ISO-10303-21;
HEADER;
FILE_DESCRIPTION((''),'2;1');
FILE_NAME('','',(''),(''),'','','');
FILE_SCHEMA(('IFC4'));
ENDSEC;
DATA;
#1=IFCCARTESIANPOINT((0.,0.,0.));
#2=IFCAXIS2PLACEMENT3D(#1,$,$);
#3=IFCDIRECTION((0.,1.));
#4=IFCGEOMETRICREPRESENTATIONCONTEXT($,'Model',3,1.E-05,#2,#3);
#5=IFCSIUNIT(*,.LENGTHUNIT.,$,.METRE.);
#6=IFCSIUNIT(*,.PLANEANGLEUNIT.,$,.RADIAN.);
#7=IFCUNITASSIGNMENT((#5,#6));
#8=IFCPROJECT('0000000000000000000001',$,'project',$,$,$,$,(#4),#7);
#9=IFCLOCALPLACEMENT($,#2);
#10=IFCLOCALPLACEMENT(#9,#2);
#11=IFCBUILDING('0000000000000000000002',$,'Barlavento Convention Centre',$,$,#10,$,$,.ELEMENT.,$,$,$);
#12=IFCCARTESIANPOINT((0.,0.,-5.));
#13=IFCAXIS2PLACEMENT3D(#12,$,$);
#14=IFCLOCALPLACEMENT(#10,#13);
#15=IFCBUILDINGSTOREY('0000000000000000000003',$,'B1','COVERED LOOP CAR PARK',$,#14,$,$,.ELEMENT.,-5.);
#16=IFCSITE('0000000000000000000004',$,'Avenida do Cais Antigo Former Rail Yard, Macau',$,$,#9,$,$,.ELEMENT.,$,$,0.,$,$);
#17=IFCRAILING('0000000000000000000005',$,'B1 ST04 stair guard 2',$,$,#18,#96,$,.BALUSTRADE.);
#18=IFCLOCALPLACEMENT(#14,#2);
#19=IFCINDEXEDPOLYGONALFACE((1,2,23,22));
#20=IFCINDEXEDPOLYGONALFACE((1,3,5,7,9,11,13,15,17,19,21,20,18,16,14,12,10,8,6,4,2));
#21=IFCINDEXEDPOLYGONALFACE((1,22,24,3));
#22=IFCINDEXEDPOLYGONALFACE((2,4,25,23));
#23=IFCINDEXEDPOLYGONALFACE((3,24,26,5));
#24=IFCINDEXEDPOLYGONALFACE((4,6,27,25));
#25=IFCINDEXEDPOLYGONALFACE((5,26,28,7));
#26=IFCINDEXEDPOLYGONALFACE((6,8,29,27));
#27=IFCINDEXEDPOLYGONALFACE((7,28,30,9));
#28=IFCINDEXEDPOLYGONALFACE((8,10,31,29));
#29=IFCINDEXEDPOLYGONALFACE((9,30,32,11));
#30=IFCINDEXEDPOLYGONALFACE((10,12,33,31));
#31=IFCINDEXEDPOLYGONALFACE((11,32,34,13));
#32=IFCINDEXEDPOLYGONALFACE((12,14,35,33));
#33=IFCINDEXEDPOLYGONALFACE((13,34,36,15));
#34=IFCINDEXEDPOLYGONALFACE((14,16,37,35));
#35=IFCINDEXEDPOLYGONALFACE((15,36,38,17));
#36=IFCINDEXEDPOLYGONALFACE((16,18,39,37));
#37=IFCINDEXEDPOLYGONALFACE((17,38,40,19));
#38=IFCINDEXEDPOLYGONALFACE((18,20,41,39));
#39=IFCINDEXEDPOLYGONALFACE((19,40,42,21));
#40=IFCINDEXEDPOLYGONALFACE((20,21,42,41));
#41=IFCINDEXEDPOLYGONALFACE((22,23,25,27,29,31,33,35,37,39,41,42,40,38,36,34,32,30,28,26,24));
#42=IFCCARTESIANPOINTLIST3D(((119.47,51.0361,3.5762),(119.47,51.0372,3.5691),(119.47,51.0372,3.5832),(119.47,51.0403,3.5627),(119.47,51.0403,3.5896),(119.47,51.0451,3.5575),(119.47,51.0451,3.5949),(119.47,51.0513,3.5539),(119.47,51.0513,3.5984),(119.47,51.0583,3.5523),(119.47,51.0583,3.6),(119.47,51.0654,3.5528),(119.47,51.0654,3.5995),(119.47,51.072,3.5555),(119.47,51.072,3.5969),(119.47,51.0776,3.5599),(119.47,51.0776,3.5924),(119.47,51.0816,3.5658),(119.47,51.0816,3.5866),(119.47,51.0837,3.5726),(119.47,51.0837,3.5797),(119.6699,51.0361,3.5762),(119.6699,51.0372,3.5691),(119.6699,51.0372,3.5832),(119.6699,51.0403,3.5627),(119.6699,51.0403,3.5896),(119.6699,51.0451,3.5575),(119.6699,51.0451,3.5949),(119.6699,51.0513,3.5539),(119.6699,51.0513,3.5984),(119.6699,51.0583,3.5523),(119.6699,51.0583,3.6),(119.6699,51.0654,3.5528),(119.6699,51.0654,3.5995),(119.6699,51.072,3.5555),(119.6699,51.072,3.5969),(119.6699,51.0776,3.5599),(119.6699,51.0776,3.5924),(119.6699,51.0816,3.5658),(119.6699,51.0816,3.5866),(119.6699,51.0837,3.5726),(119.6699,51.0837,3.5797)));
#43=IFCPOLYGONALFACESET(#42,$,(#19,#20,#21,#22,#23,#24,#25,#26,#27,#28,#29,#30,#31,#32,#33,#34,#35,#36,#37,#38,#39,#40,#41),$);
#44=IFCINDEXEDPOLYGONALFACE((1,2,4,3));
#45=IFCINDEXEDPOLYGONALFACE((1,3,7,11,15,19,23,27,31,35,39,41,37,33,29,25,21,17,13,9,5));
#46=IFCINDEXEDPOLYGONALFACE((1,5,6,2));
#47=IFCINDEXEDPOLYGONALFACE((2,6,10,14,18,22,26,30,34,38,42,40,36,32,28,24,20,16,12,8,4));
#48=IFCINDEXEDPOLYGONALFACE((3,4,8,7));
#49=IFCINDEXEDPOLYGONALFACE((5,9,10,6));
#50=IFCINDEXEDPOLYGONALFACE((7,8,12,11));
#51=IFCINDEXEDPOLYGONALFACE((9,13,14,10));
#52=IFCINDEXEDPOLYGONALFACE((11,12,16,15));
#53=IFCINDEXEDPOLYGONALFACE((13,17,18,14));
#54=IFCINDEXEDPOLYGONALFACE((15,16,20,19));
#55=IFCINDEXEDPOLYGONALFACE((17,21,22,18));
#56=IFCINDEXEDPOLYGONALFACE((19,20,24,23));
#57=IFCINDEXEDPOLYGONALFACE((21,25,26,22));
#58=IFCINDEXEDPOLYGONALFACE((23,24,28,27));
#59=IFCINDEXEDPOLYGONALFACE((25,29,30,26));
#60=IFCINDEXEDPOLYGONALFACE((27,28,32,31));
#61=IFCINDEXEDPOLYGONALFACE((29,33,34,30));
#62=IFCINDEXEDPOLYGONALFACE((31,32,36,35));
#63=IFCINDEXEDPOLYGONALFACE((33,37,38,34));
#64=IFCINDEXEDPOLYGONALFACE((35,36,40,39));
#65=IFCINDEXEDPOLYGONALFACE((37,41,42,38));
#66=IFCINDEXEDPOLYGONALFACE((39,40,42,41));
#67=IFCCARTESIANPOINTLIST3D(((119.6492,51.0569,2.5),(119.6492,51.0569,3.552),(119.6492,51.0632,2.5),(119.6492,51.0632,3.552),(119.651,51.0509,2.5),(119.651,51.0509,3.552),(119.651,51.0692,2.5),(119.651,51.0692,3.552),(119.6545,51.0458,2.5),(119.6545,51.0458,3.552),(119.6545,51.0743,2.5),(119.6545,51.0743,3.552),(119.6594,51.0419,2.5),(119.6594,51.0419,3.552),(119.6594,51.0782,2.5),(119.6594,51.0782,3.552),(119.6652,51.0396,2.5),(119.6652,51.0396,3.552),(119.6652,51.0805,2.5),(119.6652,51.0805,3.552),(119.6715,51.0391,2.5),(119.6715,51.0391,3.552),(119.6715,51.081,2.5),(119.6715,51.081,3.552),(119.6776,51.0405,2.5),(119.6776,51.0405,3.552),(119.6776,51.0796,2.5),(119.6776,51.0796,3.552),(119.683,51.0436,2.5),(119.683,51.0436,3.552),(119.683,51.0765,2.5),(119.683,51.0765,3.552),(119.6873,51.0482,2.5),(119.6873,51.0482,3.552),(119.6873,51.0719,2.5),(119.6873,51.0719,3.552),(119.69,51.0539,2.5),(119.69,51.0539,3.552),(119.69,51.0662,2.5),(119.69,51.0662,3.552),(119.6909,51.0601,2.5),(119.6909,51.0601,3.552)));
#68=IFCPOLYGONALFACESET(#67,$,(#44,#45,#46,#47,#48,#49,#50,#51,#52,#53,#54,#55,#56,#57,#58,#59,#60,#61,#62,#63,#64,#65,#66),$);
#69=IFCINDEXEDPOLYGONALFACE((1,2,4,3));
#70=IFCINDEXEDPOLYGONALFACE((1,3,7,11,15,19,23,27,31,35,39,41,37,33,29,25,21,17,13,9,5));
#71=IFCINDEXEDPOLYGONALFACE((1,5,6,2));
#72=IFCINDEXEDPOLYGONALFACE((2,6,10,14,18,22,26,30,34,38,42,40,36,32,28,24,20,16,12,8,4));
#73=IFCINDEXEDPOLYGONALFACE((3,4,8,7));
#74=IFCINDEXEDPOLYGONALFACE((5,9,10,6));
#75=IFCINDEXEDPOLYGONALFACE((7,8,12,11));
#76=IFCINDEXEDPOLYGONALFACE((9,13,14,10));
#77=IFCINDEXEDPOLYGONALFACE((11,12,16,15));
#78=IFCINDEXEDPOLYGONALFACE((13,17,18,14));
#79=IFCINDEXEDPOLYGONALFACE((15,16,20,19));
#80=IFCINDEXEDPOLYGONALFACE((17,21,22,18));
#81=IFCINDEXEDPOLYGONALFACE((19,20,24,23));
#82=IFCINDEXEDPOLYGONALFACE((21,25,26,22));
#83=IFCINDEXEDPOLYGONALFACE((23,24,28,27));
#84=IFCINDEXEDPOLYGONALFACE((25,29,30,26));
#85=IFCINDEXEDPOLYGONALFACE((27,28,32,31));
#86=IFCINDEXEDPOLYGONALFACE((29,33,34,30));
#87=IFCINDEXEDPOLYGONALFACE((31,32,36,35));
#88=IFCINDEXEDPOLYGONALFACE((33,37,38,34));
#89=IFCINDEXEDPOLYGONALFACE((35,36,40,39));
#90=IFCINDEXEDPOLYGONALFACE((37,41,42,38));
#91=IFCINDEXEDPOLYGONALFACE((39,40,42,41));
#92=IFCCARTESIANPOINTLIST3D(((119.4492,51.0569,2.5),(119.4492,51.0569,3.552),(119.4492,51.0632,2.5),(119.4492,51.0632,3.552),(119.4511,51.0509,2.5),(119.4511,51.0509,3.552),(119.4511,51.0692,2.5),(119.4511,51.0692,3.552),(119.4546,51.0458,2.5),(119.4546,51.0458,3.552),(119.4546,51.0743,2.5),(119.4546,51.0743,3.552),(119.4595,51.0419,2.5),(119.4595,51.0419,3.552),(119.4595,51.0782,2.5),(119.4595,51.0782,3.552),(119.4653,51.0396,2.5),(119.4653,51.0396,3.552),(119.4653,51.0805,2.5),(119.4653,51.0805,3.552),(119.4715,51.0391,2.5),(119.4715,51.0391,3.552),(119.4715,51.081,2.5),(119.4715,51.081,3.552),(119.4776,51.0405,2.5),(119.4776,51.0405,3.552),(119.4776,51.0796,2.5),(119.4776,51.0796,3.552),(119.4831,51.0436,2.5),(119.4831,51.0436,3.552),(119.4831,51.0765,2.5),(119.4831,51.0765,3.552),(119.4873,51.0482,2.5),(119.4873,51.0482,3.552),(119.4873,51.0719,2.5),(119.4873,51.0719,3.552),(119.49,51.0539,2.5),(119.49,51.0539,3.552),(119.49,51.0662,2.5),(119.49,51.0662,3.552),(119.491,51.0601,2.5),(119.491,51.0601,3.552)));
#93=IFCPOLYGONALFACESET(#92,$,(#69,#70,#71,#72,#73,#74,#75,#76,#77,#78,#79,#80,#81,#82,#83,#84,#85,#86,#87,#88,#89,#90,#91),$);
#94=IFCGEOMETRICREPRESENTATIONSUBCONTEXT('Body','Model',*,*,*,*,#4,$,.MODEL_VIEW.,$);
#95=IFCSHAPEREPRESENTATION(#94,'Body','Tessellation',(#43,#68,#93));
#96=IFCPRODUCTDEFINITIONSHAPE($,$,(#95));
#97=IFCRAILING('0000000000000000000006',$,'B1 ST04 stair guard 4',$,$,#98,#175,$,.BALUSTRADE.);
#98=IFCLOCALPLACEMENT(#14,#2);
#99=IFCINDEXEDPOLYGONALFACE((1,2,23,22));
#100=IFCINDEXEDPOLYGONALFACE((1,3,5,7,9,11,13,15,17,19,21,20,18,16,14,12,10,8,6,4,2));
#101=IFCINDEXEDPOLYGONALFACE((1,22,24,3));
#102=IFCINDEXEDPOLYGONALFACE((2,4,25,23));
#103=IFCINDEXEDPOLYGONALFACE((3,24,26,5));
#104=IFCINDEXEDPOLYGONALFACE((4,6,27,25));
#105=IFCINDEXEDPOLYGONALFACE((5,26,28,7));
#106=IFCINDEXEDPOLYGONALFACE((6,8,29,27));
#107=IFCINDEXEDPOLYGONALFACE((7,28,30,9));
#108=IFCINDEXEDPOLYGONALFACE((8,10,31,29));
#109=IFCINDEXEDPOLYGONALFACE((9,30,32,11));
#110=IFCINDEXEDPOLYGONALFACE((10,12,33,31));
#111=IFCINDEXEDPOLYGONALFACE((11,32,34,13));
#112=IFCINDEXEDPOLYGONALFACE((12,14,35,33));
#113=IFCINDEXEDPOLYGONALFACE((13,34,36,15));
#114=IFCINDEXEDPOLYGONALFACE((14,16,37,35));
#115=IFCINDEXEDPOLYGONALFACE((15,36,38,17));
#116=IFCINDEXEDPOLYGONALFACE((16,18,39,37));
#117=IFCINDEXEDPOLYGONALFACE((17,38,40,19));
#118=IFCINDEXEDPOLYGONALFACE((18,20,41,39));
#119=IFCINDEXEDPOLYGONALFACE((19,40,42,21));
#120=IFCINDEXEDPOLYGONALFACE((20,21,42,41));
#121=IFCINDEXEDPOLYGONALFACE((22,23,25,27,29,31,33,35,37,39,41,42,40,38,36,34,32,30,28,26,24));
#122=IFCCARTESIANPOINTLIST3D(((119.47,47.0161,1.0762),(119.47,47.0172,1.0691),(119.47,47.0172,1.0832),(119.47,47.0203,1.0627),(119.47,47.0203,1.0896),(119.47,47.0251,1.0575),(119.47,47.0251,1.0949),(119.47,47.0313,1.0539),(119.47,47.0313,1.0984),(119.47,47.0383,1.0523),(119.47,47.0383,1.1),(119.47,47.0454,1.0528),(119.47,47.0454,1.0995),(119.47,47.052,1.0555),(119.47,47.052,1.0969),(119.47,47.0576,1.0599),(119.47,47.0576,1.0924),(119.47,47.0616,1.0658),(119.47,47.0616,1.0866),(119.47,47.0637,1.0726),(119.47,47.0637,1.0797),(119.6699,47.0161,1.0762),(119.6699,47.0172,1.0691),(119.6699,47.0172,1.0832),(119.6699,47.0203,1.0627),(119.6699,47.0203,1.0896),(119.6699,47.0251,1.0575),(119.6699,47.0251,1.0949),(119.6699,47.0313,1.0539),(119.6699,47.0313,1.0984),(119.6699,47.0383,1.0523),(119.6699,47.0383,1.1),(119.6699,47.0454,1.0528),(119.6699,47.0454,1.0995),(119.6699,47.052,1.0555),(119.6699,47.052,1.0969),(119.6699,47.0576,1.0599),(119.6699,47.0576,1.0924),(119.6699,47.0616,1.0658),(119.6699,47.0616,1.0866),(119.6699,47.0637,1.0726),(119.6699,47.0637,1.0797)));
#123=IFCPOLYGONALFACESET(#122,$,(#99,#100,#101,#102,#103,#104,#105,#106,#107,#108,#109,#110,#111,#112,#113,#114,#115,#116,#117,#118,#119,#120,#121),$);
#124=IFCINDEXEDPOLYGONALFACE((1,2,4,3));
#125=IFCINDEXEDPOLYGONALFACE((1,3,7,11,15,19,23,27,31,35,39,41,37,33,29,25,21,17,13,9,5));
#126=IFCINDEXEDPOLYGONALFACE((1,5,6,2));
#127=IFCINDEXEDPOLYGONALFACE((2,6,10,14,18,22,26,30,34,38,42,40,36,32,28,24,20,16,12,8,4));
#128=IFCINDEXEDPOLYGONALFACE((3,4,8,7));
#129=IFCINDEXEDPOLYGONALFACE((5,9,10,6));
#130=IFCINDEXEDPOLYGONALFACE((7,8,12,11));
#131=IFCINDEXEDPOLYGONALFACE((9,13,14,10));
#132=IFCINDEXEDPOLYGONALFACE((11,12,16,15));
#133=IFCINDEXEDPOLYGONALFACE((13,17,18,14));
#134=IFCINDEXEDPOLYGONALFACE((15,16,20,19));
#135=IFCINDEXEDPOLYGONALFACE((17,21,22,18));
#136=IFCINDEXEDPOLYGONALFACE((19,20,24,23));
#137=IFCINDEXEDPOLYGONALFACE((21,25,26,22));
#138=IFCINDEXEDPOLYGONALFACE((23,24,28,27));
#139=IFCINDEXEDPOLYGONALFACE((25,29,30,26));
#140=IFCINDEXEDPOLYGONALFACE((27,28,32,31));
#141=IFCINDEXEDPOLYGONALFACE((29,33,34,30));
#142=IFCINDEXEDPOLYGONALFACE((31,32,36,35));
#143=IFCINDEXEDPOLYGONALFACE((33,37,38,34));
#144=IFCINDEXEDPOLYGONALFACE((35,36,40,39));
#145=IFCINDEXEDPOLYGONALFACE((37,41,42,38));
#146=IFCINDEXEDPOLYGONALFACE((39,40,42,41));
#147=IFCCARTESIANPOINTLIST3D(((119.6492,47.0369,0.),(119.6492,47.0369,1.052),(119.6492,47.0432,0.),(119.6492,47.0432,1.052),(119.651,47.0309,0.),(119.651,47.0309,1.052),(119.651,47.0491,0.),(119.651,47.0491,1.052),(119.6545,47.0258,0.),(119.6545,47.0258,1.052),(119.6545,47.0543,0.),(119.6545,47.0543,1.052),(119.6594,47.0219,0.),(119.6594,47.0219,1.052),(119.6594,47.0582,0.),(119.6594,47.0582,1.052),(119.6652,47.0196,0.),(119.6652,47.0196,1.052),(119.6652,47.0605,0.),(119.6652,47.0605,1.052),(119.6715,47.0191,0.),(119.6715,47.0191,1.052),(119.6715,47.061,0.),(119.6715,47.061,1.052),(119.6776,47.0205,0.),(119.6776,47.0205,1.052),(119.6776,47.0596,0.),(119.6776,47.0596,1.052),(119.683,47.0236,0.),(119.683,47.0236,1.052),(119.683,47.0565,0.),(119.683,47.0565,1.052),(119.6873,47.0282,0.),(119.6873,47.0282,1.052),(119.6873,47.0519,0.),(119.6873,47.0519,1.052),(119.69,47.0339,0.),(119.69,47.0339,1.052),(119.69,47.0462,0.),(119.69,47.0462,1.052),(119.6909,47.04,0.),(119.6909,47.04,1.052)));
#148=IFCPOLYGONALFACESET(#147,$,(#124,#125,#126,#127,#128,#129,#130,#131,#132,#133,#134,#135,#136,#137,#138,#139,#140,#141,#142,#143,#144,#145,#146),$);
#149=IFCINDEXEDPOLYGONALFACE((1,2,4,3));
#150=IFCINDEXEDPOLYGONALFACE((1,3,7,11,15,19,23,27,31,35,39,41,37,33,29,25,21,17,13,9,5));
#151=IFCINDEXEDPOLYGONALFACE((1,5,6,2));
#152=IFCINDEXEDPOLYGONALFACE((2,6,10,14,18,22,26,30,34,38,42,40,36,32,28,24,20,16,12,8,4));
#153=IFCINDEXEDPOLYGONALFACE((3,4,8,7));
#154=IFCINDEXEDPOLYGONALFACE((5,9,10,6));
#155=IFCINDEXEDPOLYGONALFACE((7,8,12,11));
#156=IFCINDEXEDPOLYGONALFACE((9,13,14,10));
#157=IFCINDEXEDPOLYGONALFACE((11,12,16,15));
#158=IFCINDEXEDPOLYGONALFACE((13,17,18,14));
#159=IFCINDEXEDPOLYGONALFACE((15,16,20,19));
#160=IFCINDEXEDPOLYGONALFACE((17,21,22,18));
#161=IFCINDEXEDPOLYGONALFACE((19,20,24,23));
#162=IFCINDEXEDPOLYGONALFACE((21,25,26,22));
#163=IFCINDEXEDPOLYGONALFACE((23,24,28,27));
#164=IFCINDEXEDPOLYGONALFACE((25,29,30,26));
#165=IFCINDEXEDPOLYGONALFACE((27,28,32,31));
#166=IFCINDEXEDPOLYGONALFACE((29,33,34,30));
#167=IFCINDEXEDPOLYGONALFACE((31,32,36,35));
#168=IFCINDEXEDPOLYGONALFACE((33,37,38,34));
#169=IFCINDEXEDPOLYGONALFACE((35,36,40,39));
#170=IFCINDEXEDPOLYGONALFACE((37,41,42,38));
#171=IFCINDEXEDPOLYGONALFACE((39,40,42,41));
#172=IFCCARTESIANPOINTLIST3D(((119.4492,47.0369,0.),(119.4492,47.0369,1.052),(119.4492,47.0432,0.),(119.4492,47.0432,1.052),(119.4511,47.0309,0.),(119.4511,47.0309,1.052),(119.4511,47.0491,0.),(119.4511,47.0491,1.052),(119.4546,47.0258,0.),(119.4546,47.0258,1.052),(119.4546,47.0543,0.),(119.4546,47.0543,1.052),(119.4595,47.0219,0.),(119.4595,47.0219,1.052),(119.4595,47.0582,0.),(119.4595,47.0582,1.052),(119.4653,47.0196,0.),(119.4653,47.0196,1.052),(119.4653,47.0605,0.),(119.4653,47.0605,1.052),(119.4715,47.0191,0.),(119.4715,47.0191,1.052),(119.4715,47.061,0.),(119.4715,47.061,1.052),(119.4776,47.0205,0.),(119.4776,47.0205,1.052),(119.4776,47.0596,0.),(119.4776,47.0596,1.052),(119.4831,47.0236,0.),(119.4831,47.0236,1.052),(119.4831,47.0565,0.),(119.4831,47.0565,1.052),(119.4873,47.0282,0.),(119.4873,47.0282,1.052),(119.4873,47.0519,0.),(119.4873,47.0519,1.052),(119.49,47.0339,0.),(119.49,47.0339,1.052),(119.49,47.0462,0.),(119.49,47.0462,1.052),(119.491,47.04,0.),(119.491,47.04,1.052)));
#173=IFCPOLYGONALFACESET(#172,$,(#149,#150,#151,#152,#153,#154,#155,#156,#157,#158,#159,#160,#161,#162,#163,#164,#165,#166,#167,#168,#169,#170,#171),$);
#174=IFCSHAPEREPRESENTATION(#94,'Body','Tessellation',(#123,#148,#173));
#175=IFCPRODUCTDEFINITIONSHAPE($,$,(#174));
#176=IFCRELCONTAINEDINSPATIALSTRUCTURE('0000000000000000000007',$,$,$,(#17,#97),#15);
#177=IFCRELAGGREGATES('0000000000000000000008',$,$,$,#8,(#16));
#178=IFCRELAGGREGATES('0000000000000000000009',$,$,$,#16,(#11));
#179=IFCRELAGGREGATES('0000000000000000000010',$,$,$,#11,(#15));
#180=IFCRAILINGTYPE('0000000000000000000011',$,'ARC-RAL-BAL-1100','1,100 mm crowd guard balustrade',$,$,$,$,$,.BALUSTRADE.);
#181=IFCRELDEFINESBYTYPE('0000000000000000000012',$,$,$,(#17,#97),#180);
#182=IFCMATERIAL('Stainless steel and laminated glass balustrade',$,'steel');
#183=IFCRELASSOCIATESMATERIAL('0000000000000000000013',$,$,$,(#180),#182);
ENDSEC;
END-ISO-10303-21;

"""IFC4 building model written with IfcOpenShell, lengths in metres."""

from ifc_helpers import new_model, si_unit, direction, frame, origin, origin_2d, place, context, subcontext, project, spatial, circle, extrude, material, type_object, element, save


model = new_model("IFC4")

# Units and contexts
model_context = context("Model", 3, precision=1e-05, world=origin(), true_north=direction((0.0, 1.0)))
body_context = subcontext(model_context, "Body", "Model", "MODEL_VIEW")
ifc_project = project(units=[si_unit("LENGTHUNIT", "METRE"), si_unit("PLANEANGLEUNIT", "RADIAN")], contexts=[model_context])

# Site, building, storey
site_placement = place(None, origin())
site = spatial("IfcSite", under=ifc_project, at=site_placement, Name="Avenida do Cais Antigo Former Rail Yard, Macau", CompositionType="ELEMENT", RefElevation=0.0)
building_placement = place(site_placement, origin())
building = spatial("IfcBuilding", under=site, at=building_placement, Name="Barlavento Convention Centre", CompositionType="ELEMENT")
storey_placement = place(building_placement, frame((0.0, 0.0, -5.0)))
storey = spatial("IfcBuildingStorey", under=building, at=storey_placement, Name="B1", Description="COVERED LOOP CAR PARK", CompositionType="ELEMENT", Elevation=-5.0)

# Railings
ifc_material_1 = material(Name="Stainless steel and laminated glass balustrade", Category="steel")
railing_type_1 = type_object("IfcRailingType", Name="ARC-RAL-BAL-1100", Description="1,100 mm crowd guard balustrade", PredefinedType="BALUSTRADE", material=ifc_material_1)
for number, where, name in (
    (1, (119.6699, 51.0601, 2.5), "B1 ST04 stair guard 2"),
    (2, (119.6699, 47.04, 0.0), "B1 ST04 stair guard 4"),
):
    element("IfcRailing", number, at=place(storey_placement, frame(where)), inside=storey, type_object=railing_type_1, Name=name, PredefinedType="BALUSTRADE", context=body_context, shape_type="SweptSolid", body=[
        extrude(circle(Radius=0.0239, at=origin_2d()), frame((0.0, 0.0, 1.0762), z_axis=(-1.0, 0.0, 0.0), x_axis=(0.0, -1.0, 0.0)), (0.0, 0.0, 1.0), 0.2),
        extrude(circle(Radius=0.021, at=origin_2d()), origin(), (0.0, 0.0, 1.0), 1.052),
        extrude(circle(Radius=0.021, at=origin_2d()), frame((-0.2, 0.0, 0.0)), (0.0, 0.0, 1.0), 1.052),
    ])

save(model, "model.ifc")
